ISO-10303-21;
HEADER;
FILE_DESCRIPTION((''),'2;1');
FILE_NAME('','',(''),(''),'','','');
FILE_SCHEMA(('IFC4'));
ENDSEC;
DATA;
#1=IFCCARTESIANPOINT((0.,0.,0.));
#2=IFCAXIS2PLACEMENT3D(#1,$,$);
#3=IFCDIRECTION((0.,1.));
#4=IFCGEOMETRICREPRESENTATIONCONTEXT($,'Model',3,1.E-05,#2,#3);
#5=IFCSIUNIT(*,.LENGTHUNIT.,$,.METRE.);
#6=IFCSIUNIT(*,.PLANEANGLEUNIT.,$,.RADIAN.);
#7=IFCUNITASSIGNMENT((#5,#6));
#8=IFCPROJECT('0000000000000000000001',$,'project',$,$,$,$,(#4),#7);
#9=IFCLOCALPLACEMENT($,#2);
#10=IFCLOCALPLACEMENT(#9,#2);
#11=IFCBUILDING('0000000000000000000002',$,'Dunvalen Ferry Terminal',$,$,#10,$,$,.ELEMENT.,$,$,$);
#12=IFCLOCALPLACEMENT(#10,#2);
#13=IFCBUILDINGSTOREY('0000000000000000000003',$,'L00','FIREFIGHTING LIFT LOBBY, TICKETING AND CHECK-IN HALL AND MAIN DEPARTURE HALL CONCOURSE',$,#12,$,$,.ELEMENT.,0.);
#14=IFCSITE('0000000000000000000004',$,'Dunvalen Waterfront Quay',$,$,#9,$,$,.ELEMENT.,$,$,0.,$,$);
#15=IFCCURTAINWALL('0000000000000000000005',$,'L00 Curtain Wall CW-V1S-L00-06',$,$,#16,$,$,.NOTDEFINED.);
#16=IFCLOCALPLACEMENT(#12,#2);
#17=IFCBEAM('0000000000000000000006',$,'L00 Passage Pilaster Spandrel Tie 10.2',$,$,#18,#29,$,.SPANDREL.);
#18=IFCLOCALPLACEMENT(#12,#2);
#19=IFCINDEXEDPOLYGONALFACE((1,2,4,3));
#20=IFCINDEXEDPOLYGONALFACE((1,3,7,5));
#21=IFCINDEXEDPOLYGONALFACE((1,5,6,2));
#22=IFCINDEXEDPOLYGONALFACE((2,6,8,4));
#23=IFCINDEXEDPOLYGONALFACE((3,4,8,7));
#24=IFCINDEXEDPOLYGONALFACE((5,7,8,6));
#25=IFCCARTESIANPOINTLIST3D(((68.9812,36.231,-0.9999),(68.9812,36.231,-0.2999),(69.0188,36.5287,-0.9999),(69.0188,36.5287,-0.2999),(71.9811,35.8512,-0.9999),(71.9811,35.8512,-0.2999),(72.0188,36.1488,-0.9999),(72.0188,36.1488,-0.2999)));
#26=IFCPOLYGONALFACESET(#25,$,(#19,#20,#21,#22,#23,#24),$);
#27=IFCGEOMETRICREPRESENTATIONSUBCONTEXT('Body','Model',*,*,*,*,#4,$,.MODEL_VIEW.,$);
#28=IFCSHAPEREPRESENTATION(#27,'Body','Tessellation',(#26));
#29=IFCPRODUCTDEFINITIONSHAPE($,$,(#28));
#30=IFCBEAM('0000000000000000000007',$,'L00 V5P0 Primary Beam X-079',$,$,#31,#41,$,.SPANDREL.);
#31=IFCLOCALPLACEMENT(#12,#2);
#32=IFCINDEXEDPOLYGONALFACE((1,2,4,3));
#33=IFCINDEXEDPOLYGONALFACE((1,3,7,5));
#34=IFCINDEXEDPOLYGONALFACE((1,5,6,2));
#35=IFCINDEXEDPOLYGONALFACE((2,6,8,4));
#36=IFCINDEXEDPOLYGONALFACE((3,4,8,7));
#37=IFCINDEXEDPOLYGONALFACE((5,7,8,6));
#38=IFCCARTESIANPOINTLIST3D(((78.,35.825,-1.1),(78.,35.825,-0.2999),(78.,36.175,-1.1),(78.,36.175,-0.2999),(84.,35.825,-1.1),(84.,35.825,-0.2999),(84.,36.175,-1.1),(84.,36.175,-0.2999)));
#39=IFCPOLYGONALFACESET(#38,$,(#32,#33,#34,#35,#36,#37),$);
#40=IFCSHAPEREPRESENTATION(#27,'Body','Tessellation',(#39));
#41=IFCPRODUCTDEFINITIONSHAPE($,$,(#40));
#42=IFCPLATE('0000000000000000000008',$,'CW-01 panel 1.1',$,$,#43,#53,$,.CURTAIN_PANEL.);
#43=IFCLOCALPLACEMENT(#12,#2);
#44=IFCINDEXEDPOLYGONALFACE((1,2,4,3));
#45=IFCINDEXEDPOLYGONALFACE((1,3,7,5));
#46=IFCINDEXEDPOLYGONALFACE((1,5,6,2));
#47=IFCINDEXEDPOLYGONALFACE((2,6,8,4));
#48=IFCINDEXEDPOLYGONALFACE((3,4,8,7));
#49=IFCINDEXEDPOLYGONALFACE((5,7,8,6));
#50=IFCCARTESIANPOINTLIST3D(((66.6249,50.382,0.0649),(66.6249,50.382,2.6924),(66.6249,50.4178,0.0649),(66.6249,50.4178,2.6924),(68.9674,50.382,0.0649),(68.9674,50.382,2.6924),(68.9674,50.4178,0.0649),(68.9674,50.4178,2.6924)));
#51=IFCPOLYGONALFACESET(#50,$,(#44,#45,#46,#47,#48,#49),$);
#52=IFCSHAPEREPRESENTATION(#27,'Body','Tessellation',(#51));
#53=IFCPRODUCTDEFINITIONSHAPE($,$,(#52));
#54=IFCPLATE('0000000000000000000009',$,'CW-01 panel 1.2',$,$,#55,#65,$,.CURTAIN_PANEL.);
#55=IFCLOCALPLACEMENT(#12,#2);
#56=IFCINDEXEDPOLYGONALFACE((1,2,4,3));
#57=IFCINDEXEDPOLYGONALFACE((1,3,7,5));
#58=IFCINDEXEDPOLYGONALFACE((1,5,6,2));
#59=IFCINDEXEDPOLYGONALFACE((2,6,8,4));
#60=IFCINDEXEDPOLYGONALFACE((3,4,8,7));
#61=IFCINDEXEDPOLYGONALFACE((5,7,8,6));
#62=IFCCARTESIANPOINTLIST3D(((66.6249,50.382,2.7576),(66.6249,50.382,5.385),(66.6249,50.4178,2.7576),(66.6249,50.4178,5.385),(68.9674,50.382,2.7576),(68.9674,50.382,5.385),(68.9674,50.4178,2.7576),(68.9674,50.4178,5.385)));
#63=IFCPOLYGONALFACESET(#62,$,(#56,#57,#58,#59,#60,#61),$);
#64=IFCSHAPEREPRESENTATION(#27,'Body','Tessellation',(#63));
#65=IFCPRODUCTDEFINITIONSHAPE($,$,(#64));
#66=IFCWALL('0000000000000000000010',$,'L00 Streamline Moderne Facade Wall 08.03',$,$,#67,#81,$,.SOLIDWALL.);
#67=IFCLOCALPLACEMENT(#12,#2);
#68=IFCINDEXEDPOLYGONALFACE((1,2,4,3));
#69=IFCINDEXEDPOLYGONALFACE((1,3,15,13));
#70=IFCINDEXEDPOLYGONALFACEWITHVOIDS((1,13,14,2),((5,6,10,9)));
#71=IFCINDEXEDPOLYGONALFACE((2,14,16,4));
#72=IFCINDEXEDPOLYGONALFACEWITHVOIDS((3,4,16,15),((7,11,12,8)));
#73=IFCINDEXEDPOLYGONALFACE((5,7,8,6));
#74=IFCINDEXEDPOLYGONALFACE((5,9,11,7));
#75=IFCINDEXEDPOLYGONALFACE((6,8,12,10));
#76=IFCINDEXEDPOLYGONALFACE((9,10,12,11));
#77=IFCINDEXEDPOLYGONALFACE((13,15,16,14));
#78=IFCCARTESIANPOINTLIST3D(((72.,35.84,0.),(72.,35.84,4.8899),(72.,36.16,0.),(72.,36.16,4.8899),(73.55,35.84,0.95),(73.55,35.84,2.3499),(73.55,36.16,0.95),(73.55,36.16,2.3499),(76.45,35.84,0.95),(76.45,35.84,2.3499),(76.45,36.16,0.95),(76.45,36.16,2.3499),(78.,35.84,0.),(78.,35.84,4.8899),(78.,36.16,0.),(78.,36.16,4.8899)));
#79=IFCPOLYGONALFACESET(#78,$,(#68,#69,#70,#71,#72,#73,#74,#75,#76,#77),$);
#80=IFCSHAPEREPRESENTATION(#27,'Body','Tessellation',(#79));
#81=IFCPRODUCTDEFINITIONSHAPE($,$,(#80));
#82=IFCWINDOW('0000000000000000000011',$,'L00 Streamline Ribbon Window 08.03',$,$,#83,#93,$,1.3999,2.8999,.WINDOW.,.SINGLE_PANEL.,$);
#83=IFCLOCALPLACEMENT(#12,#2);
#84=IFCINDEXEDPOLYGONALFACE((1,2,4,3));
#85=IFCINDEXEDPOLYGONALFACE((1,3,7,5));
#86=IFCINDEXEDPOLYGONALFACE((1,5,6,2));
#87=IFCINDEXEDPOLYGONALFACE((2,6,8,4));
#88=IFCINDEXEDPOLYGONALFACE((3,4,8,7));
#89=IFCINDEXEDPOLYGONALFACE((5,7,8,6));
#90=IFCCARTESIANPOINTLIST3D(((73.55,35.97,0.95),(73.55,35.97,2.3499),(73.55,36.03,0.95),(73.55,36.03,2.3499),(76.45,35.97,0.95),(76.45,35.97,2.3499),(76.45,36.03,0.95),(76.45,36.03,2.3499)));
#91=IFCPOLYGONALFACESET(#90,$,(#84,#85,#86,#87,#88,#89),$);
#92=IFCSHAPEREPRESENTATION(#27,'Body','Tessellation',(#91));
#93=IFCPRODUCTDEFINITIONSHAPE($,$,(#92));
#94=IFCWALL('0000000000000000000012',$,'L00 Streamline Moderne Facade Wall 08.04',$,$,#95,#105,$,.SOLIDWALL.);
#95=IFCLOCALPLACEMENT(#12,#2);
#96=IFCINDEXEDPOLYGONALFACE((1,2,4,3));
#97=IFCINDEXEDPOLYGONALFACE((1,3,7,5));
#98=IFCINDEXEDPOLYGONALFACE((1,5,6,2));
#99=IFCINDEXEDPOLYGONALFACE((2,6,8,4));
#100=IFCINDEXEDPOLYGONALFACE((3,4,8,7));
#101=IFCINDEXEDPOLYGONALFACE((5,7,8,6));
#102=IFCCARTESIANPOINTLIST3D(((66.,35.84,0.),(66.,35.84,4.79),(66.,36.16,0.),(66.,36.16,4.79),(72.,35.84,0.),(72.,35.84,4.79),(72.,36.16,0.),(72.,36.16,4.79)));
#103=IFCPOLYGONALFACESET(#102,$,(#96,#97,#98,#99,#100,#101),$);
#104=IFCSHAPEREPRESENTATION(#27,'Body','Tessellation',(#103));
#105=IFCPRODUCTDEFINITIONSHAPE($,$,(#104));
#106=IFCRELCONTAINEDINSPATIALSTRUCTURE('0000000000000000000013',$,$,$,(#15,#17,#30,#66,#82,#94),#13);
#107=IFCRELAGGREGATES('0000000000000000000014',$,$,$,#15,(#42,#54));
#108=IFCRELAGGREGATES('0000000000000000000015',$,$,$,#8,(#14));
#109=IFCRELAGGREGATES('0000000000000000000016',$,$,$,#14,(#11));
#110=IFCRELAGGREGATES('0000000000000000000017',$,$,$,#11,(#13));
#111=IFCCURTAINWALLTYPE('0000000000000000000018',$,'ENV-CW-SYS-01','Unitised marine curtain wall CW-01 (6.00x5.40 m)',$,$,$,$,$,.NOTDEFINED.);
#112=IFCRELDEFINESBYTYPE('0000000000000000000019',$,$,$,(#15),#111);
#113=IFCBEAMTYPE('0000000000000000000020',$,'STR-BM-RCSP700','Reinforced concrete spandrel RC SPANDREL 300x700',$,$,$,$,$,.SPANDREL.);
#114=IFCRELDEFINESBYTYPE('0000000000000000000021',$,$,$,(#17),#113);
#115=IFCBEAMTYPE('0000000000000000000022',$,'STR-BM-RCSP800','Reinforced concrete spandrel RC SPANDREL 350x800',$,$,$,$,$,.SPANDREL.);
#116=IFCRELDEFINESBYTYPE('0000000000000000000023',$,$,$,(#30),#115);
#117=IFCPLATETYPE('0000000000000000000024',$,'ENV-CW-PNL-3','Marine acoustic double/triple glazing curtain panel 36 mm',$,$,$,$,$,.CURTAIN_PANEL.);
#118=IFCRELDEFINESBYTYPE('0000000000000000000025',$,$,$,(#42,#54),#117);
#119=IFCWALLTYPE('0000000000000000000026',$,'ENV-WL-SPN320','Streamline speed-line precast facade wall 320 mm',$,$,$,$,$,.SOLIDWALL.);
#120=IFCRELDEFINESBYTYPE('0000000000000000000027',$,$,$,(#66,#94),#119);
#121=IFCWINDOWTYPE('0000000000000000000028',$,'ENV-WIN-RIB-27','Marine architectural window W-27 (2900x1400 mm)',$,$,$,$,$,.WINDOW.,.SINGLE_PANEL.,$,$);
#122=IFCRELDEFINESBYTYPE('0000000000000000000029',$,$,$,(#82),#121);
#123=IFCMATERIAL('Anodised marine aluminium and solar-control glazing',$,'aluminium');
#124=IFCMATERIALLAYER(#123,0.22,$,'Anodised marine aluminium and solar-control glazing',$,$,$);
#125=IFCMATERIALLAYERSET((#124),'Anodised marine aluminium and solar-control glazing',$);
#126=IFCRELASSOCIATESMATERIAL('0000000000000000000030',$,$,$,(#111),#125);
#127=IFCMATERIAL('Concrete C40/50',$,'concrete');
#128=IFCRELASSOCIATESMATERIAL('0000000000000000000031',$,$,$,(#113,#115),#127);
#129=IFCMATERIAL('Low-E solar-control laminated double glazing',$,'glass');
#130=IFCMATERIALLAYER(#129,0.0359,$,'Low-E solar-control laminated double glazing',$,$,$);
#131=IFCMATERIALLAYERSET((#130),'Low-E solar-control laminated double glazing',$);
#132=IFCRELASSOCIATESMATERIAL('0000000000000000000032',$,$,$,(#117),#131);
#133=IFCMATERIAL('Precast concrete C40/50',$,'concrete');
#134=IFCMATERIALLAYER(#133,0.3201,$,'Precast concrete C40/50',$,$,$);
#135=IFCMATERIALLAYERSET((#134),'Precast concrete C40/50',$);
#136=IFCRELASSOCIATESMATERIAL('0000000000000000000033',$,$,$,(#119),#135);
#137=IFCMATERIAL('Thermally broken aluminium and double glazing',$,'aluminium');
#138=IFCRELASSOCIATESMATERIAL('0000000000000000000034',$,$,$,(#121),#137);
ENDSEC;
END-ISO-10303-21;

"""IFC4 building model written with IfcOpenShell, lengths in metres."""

from ifc_helpers import new_model, si_unit, direction, frame, frame_2d, origin, origin_2d, place, context, subcontext, project, spatial, rectangle, extrude, material, layer, layer_set, material_profile, profile_set, type_object, element, fill, aggregate, save


model = new_model("IFC4")

# Units and contexts
model_context = context("Model", 3, precision=1e-05, world=origin(), true_north=direction((0.0, 1.0)))
body_context = subcontext(model_context, "Body", "Model", "MODEL_VIEW")
ifc_project = project(units=[si_unit("LENGTHUNIT", "METRE"), si_unit("PLANEANGLEUNIT", "RADIAN")], contexts=[model_context])

# Site, building, storey
site_placement = place(None, origin())
site = spatial("IfcSite", under=ifc_project, at=site_placement, Name="Dunvalen Waterfront Quay", CompositionType="ELEMENT", RefElevation=0.0)
building_placement = place(site_placement, origin())
building = spatial("IfcBuilding", under=site, at=building_placement, Name="Dunvalen Ferry Terminal", CompositionType="ELEMENT")
storey_placement = place(building_placement, origin())
storey = spatial("IfcBuildingStorey", under=building, at=storey_placement, Name="L00", Description="FIREFIGHTING LIFT LOBBY, TICKETING AND CHECK-IN HALL AND MAIN DEPARTURE HALL CONCOURSE", CompositionType="ELEMENT", Elevation=0.0)

# Shared definitions
ifc_material_1 = material(Name="Concrete C40/50", Category="concrete")

# Curtain wall
ifc_material_2 = material(Name="Anodised marine aluminium and solar-control glazing", Category="aluminium")
ifc_layer_1 = layer(ifc_material_2, 0.22, Name="Anodised marine aluminium and solar-control glazing")
ifc_layer_set_1 = layer_set([ifc_layer_1], Name="Anodised marine aluminium and solar-control glazing")
curtain_wall_type = type_object("IfcCurtainWallType", Name="ENV-CW-SYS-01", Description="Unitised marine curtain wall CW-01 (6.00x5.40 m)", PredefinedType="NOTDEFINED", material=ifc_layer_set_1)
curtain_wall_placement = place(storey_placement, origin())
curtain_wall = element("IfcCurtainWall", 1, at=curtain_wall_placement, inside=storey, type_object=curtain_wall_type, Name="L00 Curtain Wall CW-V1S-L00-06", PredefinedType="NOTDEFINED")

# Beams
ifc_material_profile_1 = material_profile(ifc_material_1, rectangle(XDim=0.3, YDim=0.7, at=origin_2d()), Name="Concrete C40/50")
ifc_profile_set_1 = profile_set([ifc_material_profile_1], Name="Concrete C40/50")
beam_type_1 = type_object("IfcBeamType", Name="STR-BM-RCSP700", Description="Reinforced concrete spandrel RC SPANDREL 300x700", PredefinedType="SPANDREL", material=ifc_profile_set_1)
beam_1_placement = place(storey_placement, frame((69.0, 36.3799, -0.6499), z_axis=(0.992078, -0.125624, 0.0), x_axis=(0.125624, 0.992078, 0.0)))
element("IfcBeam", 2, at=beam_1_placement, inside=storey, type_object=beam_type_1, Name="L00 Passage Pilaster Spandrel Tie 10.2", PredefinedType="SPANDREL", context=body_context, shape_type="SweptSolid", body=[
    extrude(rectangle(XDim=0.3, YDim=0.7, at=origin_2d()), origin(), (0.0, 0.0, 1.0), 3.0239),
])
ifc_material_profile_2 = material_profile(ifc_material_1, rectangle(XDim=0.3501, YDim=0.8, at=origin_2d()), Name="Concrete C40/50")
ifc_profile_set_2 = profile_set([ifc_material_profile_2], Name="Concrete C40/50")
beam_type_2 = type_object("IfcBeamType", Name="STR-BM-RCSP800", Description="Reinforced concrete spandrel RC SPANDREL 350x800", PredefinedType="SPANDREL", material=ifc_profile_set_2)
beam_2_placement = place(storey_placement, frame((78.0, 36.0, -0.7), z_axis=(1.0, 0.0, 0.0), x_axis=(0.0, 1.0, 0.0)))
element("IfcBeam", 3, at=beam_2_placement, inside=storey, type_object=beam_type_2, Name="L00 V5P0 Primary Beam X-079", PredefinedType="SPANDREL", context=body_context, shape_type="SweptSolid", body=[
    extrude(rectangle(XDim=0.3501, YDim=0.8, at=origin_2d()), origin(), (0.0, 0.0, 1.0), 6.0),
])

# Plates
ifc_material_3 = material(Name="Low-E solar-control laminated double glazing", Category="glass")
ifc_layer_2 = layer(ifc_material_3, 0.0359, Name="Low-E solar-control laminated double glazing")
ifc_layer_set_2 = layer_set([ifc_layer_2], Name="Low-E solar-control laminated double glazing")
plate_type = type_object("IfcPlateType", Name="ENV-CW-PNL-3", Description="Marine acoustic double/triple glazing curtain panel 36 mm", PredefinedType="CURTAIN_PANEL", material=ifc_layer_set_2)
plate_1_placement = place(storey_placement, frame((67.7961, 50.3999, 0.0649), z_axis=(0.0, 0.0, 1.0), x_axis=(1.0, 0.0, 0.0)))
plate_1 = element("IfcPlate", 4, at=plate_1_placement, type_object=plate_type, Name="CW-01 panel 1.1", PredefinedType="CURTAIN_PANEL", context=body_context, shape_type="SweptSolid", body=[
    extrude(rectangle(XDim=2.3425, YDim=0.0359, at=origin_2d()), origin(), (0.0, 0.0, 1.0), 2.6274),
])
plate_2_placement = place(storey_placement, frame((67.7961, 50.3999, 2.7576), z_axis=(0.0, 0.0, 1.0), x_axis=(1.0, 0.0, 0.0)))
plate_2 = element("IfcPlate", 5, at=plate_2_placement, type_object=plate_type, Name="CW-01 panel 1.2", PredefinedType="CURTAIN_PANEL", context=body_context, shape_type="SweptSolid", body=[
    extrude(rectangle(XDim=2.3425, YDim=0.0359, at=origin_2d()), origin(), (0.0, 0.0, 1.0), 2.6274),
])
aggregate(curtain_wall, [plate_1, plate_2])

# Wall, opening, window
ifc_material_4 = material(Name="Precast concrete C40/50", Category="concrete")
ifc_layer_3 = layer(ifc_material_4, 0.3201, Name="Precast concrete C40/50")
ifc_layer_set_3 = layer_set([ifc_layer_3], Name="Precast concrete C40/50")
wall_type = type_object("IfcWallType", Name="ENV-WL-SPN320", Description="Streamline speed-line precast facade wall 320 mm", PredefinedType="SOLIDWALL", material=ifc_layer_set_3)
wall_1_placement = place(storey_placement, frame((78.0, 36.0, 0.0), z_axis=(0.0, 0.0, 1.0), x_axis=(-1.0, 0.0, 0.0)))
wall_1 = element("IfcWall", 6, at=wall_1_placement, inside=storey, type_object=wall_type, Name="L00 Streamline Moderne Facade Wall 08.03", PredefinedType="SOLIDWALL", context=body_context, shape_type="SweptSolid", body=[
    extrude(rectangle(XDim=6.0, YDim=0.3201, at=frame_2d((3.0, 0.0))), origin(), (0.0, 0.0, 1.0), 4.8899),
])
opening_placement = place(wall_1_placement, frame((1.55, 0.0, 0.95)))
opening = element("IfcOpeningElement", 7, at=opening_placement, cuts=wall_1, PredefinedType="OPENING", context=body_context, shape_type="SweptSolid", body=[
    extrude(rectangle(XDim=2.8999, YDim=1.3999, at=frame_2d((1.45, 0.7))), frame((0.0, 0.1699, 0.0), z_axis=(0.0, -1.0, 0.0), x_axis=(1.0, 0.0, 0.0)), (0.0, 0.0, 1.0), 0.3401),
])
ifc_material_5 = material(Name="Thermally broken aluminium and double glazing", Category="aluminium")
window_type = type_object("IfcWindowType", Name="ENV-WIN-RIB-27", Description="Marine architectural window W-27 (2900x1400 mm)", PartitioningType="SINGLE_PANEL", PredefinedType="WINDOW", material=ifc_material_5)
window_placement = place(opening_placement, origin())
window = element("IfcWindow", 8, at=window_placement, inside=storey, type_object=window_type, Name="L00 Streamline Ribbon Window 08.03", OverallHeight=1.3999, OverallWidth=2.8999, PartitioningType="SINGLE_PANEL", PredefinedType="WINDOW", context=body_context, shape_type="SweptSolid", body=[
    extrude(rectangle(XDim=2.8999, YDim=1.3999, at=frame_2d((1.45, 0.7))), frame((0.0, 0.03, 0.0), z_axis=(0.0, -1.0, 0.0), x_axis=(1.0, 0.0, 0.0)), (0.0, 0.0, 1.0), 0.0601),
])
fill(opening, window)

# Wall
wall_2_placement = place(storey_placement, frame((72.0, 36.0, 0.0), z_axis=(0.0, 0.0, 1.0), x_axis=(-1.0, 0.0, 0.0)))
element("IfcWall", 9, at=wall_2_placement, inside=storey, type_object=wall_type, Name="L00 Streamline Moderne Facade Wall 08.04", PredefinedType="SOLIDWALL", context=body_context, shape_type="SweptSolid", body=[
    extrude(rectangle(XDim=6.0, YDim=0.3201, at=frame_2d((3.0, 0.0))), origin(), (0.0, 0.0, 1.0), 4.79),
])

save(model, "model.ifc")
